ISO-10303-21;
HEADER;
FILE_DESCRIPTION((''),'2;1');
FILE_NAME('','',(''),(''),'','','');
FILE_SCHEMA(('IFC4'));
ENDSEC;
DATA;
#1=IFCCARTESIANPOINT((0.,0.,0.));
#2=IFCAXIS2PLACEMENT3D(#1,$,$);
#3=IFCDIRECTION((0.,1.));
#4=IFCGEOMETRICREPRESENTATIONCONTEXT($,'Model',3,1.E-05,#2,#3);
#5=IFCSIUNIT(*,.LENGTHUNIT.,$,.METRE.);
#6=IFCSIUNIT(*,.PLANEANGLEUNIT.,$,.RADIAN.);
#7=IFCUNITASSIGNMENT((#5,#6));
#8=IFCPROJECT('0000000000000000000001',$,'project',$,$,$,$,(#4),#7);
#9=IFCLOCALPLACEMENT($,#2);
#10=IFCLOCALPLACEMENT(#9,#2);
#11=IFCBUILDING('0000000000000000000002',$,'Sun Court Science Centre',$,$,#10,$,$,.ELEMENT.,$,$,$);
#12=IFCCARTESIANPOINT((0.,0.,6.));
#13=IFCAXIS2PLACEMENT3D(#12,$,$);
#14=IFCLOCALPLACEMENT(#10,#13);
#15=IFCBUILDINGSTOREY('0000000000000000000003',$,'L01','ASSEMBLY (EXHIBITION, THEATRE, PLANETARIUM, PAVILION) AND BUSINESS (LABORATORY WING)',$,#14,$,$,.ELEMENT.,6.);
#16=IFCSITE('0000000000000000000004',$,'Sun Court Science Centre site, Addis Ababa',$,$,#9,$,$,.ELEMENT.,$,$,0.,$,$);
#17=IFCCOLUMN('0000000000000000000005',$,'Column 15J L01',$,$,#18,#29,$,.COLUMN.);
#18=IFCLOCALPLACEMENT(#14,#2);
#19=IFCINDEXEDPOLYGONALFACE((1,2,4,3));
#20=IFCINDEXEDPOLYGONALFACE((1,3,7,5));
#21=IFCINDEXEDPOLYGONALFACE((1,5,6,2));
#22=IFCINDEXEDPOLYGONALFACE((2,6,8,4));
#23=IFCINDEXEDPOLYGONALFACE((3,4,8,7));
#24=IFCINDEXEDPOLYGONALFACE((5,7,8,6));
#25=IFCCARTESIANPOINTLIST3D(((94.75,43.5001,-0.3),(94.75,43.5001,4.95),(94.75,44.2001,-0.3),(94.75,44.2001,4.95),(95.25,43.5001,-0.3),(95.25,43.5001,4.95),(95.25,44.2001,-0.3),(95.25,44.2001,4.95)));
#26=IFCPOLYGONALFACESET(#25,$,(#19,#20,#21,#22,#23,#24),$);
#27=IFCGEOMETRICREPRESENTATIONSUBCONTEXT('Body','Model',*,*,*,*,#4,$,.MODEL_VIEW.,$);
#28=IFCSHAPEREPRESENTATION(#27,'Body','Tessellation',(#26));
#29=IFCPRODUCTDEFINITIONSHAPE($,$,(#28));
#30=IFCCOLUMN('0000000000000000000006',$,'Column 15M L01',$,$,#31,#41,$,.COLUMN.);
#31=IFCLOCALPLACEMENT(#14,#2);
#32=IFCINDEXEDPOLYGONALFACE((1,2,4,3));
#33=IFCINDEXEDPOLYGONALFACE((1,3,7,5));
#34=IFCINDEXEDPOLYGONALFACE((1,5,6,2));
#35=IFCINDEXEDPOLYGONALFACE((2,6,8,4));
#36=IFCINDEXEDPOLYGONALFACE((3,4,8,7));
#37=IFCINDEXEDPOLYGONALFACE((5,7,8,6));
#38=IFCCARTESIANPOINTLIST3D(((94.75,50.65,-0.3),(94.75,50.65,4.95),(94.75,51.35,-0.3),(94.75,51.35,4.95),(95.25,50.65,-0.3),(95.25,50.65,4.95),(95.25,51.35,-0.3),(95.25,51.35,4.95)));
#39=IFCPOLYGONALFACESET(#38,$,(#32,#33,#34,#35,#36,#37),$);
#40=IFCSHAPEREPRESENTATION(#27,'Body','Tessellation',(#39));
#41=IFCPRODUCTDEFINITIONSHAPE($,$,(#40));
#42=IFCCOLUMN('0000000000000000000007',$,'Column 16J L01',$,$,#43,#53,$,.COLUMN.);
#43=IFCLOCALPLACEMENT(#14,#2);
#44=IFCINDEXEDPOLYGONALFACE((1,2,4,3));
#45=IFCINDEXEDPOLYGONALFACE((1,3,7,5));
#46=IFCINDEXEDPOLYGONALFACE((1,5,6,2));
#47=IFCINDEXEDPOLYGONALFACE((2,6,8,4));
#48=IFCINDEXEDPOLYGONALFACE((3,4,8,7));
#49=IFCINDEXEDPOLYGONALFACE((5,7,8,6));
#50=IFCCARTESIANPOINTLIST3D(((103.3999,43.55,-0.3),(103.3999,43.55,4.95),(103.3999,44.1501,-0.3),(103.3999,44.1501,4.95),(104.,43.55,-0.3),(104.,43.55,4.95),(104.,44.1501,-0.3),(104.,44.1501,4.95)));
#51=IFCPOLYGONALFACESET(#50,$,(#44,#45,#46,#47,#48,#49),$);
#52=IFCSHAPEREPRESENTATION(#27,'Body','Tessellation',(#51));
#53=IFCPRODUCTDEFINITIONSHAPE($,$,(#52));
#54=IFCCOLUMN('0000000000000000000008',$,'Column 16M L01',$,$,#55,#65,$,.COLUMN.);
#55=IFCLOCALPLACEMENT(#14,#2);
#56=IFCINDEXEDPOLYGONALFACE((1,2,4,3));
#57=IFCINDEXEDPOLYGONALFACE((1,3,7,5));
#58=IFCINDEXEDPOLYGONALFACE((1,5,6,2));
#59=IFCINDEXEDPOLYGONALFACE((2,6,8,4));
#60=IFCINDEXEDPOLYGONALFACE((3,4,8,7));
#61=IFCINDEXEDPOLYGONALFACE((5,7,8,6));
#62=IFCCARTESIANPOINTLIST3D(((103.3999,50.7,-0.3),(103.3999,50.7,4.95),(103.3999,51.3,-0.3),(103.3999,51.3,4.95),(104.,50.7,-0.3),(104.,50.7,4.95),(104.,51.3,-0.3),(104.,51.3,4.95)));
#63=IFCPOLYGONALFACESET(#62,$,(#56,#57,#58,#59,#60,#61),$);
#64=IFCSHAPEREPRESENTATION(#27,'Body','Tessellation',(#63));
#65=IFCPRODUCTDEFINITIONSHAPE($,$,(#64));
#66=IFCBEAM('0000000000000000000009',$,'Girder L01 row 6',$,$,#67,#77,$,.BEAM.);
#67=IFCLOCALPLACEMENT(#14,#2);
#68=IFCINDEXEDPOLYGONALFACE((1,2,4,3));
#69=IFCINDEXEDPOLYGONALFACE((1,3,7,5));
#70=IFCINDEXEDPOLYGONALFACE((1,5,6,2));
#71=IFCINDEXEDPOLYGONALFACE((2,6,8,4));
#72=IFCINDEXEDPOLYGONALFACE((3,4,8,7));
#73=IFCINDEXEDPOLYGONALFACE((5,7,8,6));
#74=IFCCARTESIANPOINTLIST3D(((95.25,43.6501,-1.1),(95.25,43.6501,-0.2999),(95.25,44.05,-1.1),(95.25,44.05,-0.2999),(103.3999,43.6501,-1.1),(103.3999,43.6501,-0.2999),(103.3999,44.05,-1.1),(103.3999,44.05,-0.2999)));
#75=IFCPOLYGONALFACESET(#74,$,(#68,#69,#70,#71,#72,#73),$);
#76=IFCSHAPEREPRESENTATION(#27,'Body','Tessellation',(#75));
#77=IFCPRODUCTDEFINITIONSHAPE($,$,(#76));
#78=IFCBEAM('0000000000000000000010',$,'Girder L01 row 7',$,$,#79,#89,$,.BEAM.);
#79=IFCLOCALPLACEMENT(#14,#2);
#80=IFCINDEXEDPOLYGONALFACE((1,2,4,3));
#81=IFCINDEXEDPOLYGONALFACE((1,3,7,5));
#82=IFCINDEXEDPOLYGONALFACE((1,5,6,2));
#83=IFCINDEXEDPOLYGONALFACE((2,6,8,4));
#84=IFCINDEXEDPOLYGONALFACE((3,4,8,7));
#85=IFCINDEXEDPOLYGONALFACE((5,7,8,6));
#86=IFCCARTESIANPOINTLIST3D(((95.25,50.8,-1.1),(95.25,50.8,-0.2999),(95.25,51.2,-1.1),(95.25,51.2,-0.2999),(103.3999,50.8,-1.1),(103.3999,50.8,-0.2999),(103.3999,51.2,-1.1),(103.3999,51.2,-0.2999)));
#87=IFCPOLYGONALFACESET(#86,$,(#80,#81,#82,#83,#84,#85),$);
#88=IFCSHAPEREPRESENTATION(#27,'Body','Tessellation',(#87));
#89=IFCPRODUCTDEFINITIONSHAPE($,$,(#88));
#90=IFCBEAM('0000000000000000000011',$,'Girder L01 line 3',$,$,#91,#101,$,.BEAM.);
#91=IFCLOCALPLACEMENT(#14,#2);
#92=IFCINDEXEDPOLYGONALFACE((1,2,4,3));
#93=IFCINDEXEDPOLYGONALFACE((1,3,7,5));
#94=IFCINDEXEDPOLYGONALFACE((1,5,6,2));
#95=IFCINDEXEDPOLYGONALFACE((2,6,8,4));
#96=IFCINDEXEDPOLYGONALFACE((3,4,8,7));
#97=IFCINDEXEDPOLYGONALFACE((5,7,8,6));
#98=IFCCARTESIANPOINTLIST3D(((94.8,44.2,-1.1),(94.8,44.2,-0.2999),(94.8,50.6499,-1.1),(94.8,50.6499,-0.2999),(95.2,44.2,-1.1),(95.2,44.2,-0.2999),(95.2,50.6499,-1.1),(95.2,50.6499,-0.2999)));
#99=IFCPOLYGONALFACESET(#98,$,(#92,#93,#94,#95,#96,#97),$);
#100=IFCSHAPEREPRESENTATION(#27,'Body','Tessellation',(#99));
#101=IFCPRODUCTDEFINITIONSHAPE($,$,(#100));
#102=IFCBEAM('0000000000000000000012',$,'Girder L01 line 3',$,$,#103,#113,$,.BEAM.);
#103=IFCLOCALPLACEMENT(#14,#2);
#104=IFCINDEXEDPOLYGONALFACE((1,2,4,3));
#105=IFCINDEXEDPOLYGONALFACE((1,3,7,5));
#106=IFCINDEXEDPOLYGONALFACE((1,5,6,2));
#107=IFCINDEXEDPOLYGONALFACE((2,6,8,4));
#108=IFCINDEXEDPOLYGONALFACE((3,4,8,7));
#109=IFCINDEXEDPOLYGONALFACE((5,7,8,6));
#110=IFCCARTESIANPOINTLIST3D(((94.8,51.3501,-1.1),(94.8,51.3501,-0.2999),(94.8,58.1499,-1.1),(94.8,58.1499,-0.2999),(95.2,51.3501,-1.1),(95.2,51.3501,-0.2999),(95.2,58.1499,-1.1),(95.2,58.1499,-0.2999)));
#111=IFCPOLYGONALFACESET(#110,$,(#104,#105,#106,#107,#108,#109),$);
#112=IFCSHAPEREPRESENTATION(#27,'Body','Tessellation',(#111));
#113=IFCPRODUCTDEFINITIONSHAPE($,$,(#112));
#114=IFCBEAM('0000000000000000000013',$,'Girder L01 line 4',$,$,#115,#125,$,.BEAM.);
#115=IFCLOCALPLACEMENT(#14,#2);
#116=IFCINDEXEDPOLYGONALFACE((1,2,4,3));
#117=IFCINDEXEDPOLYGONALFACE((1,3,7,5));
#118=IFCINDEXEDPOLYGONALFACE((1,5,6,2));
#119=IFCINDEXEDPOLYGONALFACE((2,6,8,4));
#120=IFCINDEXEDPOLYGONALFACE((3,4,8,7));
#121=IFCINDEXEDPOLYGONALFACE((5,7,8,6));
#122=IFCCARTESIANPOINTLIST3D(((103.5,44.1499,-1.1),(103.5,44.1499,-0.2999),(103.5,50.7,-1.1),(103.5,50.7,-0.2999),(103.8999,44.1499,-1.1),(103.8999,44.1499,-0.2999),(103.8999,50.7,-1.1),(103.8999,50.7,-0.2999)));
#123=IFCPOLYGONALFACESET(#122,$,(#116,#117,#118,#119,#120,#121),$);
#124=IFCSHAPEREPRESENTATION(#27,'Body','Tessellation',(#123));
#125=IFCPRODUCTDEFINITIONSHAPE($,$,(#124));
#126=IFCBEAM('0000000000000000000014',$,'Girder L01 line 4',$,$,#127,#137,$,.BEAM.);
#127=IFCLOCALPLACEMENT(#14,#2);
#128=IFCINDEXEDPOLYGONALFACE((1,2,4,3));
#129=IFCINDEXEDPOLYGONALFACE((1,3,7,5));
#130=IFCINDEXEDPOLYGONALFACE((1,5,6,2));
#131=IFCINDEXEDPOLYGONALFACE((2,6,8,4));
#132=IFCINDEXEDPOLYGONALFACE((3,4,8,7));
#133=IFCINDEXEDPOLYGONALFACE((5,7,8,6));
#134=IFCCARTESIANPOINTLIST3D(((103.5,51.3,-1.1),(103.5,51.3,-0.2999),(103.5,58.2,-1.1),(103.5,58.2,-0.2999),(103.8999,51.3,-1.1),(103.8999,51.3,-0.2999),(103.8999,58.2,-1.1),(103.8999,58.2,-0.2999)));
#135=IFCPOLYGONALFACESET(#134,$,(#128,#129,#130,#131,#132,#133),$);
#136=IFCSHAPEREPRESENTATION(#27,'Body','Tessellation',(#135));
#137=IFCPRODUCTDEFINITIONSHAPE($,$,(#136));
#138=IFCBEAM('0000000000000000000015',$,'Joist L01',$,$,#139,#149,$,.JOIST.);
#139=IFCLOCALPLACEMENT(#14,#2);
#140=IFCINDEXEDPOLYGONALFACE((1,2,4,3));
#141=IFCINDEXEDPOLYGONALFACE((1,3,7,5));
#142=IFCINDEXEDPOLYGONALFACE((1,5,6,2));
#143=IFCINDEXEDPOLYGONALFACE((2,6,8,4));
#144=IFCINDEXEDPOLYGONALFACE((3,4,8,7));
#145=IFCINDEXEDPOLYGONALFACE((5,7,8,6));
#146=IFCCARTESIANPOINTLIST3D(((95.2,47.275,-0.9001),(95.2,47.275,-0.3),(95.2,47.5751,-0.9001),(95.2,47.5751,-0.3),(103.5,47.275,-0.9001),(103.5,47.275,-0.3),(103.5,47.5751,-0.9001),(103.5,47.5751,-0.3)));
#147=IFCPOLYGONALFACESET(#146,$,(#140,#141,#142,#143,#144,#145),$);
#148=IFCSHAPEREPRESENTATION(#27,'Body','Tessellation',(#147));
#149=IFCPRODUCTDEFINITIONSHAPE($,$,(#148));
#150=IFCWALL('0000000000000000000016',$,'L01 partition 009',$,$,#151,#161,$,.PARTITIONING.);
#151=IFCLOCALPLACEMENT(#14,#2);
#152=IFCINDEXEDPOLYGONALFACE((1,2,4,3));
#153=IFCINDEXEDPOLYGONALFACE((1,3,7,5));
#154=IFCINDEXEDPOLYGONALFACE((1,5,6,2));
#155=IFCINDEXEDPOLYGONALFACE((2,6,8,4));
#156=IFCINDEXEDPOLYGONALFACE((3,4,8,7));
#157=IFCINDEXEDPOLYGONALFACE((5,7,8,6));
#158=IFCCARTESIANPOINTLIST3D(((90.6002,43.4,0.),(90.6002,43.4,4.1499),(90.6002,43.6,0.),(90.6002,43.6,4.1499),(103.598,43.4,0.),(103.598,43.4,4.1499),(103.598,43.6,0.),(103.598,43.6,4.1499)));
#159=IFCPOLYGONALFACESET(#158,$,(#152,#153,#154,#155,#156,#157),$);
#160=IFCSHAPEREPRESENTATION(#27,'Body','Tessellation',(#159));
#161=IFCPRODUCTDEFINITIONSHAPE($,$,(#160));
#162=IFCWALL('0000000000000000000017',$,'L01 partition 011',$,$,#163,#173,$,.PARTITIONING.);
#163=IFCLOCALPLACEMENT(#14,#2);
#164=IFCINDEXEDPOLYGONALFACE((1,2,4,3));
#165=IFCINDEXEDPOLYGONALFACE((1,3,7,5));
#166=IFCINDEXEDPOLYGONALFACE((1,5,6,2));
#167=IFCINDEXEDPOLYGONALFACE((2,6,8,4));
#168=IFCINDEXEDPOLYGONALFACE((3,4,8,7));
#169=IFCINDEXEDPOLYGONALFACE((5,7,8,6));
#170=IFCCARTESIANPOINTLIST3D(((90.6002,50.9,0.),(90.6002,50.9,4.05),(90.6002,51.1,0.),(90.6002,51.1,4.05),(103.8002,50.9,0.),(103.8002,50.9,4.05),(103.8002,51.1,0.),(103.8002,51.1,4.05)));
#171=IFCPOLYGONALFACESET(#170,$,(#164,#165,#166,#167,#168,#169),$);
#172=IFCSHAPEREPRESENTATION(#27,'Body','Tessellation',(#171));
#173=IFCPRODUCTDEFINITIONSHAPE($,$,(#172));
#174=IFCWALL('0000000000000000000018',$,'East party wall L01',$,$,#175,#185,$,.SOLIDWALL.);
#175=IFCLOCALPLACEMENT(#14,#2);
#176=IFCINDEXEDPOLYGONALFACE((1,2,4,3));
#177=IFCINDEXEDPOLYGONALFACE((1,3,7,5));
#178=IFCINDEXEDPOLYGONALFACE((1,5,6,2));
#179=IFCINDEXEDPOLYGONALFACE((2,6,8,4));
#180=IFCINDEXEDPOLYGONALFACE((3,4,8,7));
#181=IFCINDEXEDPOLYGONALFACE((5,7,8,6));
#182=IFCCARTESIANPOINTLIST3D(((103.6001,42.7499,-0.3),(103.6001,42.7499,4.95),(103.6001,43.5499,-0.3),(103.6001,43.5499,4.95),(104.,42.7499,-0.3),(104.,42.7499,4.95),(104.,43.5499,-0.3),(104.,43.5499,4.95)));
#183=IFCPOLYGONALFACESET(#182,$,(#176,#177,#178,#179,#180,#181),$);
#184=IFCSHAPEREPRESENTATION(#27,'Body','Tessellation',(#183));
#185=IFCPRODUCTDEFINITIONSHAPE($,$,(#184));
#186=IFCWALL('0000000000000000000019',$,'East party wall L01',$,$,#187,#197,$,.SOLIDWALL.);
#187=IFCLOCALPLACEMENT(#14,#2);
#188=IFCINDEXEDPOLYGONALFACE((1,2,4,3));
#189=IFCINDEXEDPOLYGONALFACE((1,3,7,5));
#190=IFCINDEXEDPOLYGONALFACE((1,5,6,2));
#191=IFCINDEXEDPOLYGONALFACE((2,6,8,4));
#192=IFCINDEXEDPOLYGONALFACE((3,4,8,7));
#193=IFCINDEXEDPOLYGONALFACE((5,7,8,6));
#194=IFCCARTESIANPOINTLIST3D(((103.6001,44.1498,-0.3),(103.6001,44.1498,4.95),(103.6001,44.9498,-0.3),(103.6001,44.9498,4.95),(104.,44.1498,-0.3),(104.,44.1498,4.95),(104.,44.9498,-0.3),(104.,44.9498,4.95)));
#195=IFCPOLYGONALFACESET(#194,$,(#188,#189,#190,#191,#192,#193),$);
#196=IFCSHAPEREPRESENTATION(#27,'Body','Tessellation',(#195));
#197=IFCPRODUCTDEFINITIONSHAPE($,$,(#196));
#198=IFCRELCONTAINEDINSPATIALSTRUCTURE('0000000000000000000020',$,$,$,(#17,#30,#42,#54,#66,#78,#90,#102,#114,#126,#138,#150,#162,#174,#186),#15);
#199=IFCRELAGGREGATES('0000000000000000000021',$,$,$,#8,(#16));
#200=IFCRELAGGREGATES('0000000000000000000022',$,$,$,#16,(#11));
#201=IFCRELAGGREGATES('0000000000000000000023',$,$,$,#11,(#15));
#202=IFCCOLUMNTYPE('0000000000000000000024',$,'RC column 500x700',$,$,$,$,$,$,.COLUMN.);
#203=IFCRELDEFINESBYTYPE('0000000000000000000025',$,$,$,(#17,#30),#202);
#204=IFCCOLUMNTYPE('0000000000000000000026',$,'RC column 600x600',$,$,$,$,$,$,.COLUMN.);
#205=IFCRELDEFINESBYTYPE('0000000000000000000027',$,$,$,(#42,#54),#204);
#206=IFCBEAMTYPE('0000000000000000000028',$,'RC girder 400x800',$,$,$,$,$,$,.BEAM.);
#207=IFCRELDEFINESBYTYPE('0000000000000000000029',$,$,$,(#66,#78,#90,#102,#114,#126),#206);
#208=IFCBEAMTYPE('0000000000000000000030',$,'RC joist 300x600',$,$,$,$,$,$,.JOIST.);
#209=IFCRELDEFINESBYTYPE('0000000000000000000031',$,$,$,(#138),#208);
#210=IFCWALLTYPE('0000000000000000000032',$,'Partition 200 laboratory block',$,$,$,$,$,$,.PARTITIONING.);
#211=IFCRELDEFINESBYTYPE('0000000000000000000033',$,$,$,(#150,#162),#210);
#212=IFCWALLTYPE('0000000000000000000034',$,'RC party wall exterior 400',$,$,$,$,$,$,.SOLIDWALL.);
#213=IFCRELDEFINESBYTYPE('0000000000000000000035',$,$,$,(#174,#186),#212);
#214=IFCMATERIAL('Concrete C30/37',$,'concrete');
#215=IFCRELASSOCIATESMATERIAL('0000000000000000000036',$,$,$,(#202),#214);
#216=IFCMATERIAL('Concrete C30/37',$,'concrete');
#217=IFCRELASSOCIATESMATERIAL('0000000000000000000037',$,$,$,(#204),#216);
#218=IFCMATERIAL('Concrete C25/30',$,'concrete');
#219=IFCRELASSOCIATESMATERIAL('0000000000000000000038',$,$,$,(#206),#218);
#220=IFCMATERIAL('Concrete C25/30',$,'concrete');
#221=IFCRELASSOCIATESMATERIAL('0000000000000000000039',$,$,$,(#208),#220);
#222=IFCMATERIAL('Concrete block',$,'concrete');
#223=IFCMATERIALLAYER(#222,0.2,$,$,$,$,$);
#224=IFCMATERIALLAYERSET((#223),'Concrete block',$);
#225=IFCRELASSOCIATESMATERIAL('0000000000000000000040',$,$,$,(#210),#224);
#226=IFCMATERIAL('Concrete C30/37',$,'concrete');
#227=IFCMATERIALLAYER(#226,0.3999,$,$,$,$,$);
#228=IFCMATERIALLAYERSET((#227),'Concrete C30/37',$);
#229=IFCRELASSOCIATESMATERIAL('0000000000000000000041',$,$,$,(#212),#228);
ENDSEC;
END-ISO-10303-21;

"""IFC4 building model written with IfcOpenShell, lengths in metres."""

from ifc_helpers import new_model, si_unit, direction, frame, frame_2d, origin, origin_2d, place, context, subcontext, project, spatial, rectangle, extrude, material, layer, layer_set, material_profile, profile_set, type_object, element, save


model = new_model("IFC4")

# Units and contexts
model_context = context("Model", 3, precision=1e-05, world=origin(), true_north=direction((0.0, 1.0)))
body_context = subcontext(model_context, "Body", "Model", "MODEL_VIEW")
ifc_project = project(units=[si_unit("LENGTHUNIT", "METRE"), si_unit("PLANEANGLEUNIT", "RADIAN")], contexts=[model_context])

# Site, building, storey
site_placement = place(None, origin())
site = spatial("IfcSite", under=ifc_project, at=site_placement, Name="Sun Court Science Centre site, Addis Ababa", CompositionType="ELEMENT", RefElevation=0.0)
building_placement = place(site_placement, origin())
building = spatial("IfcBuilding", under=site, at=building_placement, Name="Sun Court Science Centre", CompositionType="ELEMENT")
storey_placement = place(building_placement, frame((0.0, 0.0, 6.0)))
storey = spatial("IfcBuildingStorey", under=building, at=storey_placement, Name="L01", Description="ASSEMBLY (EXHIBITION, THEATRE, PLANETARIUM, PAVILION) AND BUSINESS (LABORATORY WING)", CompositionType="ELEMENT", Elevation=6.0)

# Columns
ifc_material_1 = material(Name="Concrete C30/37", Category="concrete")
ifc_material_profile_1 = material_profile(ifc_material_1, rectangle(XDim=0.5, YDim=0.7, at=origin_2d()), Name="RC 500x700")
ifc_profile_set_1 = profile_set([ifc_material_profile_1], Name="Concrete C30/37")
column_type_1 = type_object("IfcColumnType", Name="RC column 500x700", PredefinedType="COLUMN", material=ifc_profile_set_1)
for number, where, z_axis, x_axis, name in (
    (1, (95.0, 43.8501, -0.3), (0.0, 0.0, 1.0), (1.0, 0.0, 0.0), "Column 15J L01"),
    (2, (95.0, 51.0, -0.3), (0.0, 0.0, 1.0), (1.0, 0.0, 0.0), "Column 15M L01"),
):
    element("IfcColumn", number, at=place(storey_placement, frame(where, z_axis=z_axis, x_axis=x_axis)), inside=storey, type_object=column_type_1, Name=name, PredefinedType="COLUMN", context=body_context, shape_type="SweptSolid", body=[
        extrude(rectangle(XDim=0.5, YDim=0.7, at=origin_2d()), origin(), (0.0, 0.0, 1.0), 5.25),
    ])
ifc_material_2 = material(Name="Concrete C30/37", Category="concrete")
ifc_material_profile_2 = material_profile(ifc_material_2, rectangle(XDim=0.6001, YDim=0.6001, at=origin_2d()), Name="RC 600x600")
ifc_profile_set_2 = profile_set([ifc_material_profile_2], Name="Concrete C30/37")
column_type_2 = type_object("IfcColumnType", Name="RC column 600x600", PredefinedType="COLUMN", material=ifc_profile_set_2)
for number, where, z_axis, x_axis, name in (
    (3, (103.7, 43.8501, -0.3), (0.0, 0.0, 1.0), (1.0, 0.0, 0.0), "Column 16J L01"),
    (4, (103.7, 51.0, -0.3), (0.0, 0.0, 1.0), (1.0, 0.0, 0.0), "Column 16M L01"),
):
    element("IfcColumn", number, at=place(storey_placement, frame(where, z_axis=z_axis, x_axis=x_axis)), inside=storey, type_object=column_type_2, Name=name, PredefinedType="COLUMN", context=body_context, shape_type="SweptSolid", body=[
        extrude(rectangle(XDim=0.6001, YDim=0.6001, at=origin_2d()), origin(), (0.0, 0.0, 1.0), 5.25),
    ])

# Beams
ifc_material_3 = material(Name="Concrete C25/30", Category="concrete")
ifc_material_profile_3 = material_profile(ifc_material_3, rectangle(XDim=0.3999, YDim=0.8, at=origin_2d()), Name="RC 400x800")
ifc_profile_set_3 = profile_set([ifc_material_profile_3], Name="Concrete C25/30")
beam_type_1 = type_object("IfcBeamType", Name="RC girder 400x800", PredefinedType="BEAM", material=ifc_profile_set_3)
for number, where, z_axis, x_axis, name in (
    (5, (95.25, 43.8501, -0.7), (1.0, 0.0, 0.0), (0.0, 1.0, 0.0), "Girder L01 row 6"),
    (6, (95.25, 51.0, -0.7), (1.0, 0.0, 0.0), (0.0, 1.0, 0.0), "Girder L01 row 7"),
):
    element("IfcBeam", number, at=place(storey_placement, frame(where, z_axis=z_axis, x_axis=x_axis)), inside=storey, type_object=beam_type_1, Name=name, PredefinedType="BEAM", context=body_context, shape_type="SweptSolid", body=[
        extrude(rectangle(XDim=0.3999, YDim=0.8, at=origin_2d()), origin(), (0.0, 0.0, 1.0), 8.1499),
    ])
beam_1_placement = place(storey_placement, frame((95.0, 44.2, -0.7), z_axis=(0.0, 1.0, 0.0), x_axis=(-1.0, 0.0, 0.0)))
element("IfcBeam", 7, at=beam_1_placement, inside=storey, type_object=beam_type_1, Name="Girder L01 line 3", PredefinedType="BEAM", context=body_context, shape_type="SweptSolid", body=[
    extrude(rectangle(XDim=0.3999, YDim=0.8, at=origin_2d()), origin(), (0.0, 0.0, 1.0), 6.45),
])
beam_2_placement = place(storey_placement, frame((95.0, 51.3501, -0.7), z_axis=(0.0, 1.0, 0.0), x_axis=(-1.0, 0.0, 0.0)))
element("IfcBeam", 8, at=beam_2_placement, inside=storey, type_object=beam_type_1, Name="Girder L01 line 3", PredefinedType="BEAM", context=body_context, shape_type="SweptSolid", body=[
    extrude(rectangle(XDim=0.3999, YDim=0.8, at=origin_2d()), origin(), (0.0, 0.0, 1.0), 6.7998),
])
beam_3_placement = place(storey_placement, frame((103.7, 44.1499, -0.7), z_axis=(0.0, 1.0, 0.0), x_axis=(-1.0, 0.0, 0.0)))
element("IfcBeam", 9, at=beam_3_placement, inside=storey, type_object=beam_type_1, Name="Girder L01 line 4", PredefinedType="BEAM", context=body_context, shape_type="SweptSolid", body=[
    extrude(rectangle(XDim=0.3999, YDim=0.8, at=origin_2d()), origin(), (0.0, 0.0, 1.0), 6.55),
])
beam_4_placement = place(storey_placement, frame((103.7, 51.3, -0.7), z_axis=(0.0, 1.0, 0.0), x_axis=(-1.0, 0.0, 0.0)))
element("IfcBeam", 10, at=beam_4_placement, inside=storey, type_object=beam_type_1, Name="Girder L01 line 4", PredefinedType="BEAM", context=body_context, shape_type="SweptSolid", body=[
    extrude(rectangle(XDim=0.3999, YDim=0.8, at=origin_2d()), origin(), (0.0, 0.0, 1.0), 6.8999),
])
ifc_material_4 = material(Name="Concrete C25/30", Category="concrete")
ifc_material_profile_4 = material_profile(ifc_material_4, rectangle(XDim=0.3, YDim=0.6001, at=origin_2d()), Name="RC 300x600")
ifc_profile_set_4 = profile_set([ifc_material_profile_4], Name="Concrete C25/30")
beam_type_2 = type_object("IfcBeamType", Name="RC joist 300x600", PredefinedType="JOIST", material=ifc_profile_set_4)
beam_5_placement = place(storey_placement, frame((95.2, 47.425, -0.6001), z_axis=(1.0, 0.0, 0.0), x_axis=(0.0, 1.0, 0.0)))
element("IfcBeam", 11, at=beam_5_placement, inside=storey, type_object=beam_type_2, Name="Joist L01", PredefinedType="JOIST", context=body_context, shape_type="SweptSolid", body=[
    extrude(rectangle(XDim=0.3, YDim=0.6001, at=origin_2d()), origin(), (0.0, 0.0, 1.0), 8.3),
])

# Walls
ifc_material_5 = material(Name="Concrete block", Category="concrete")
ifc_layer_1 = layer(ifc_material_5, 0.2)
ifc_layer_set_1 = layer_set([ifc_layer_1], Name="Concrete block")
wall_type_1 = type_object("IfcWallType", Name="Partition 200 laboratory block", PredefinedType="PARTITIONING", material=ifc_layer_set_1)
wall_1_placement = place(storey_placement, frame((90.6001, 43.5, 0.0), z_axis=(0.0, 0.0, 1.0), x_axis=(1.0, 0.0, 0.0)))
element("IfcWall", 12, at=wall_1_placement, inside=storey, type_object=wall_type_1, Name="L01 partition 009", PredefinedType="PARTITIONING", context=body_context, shape_type="SweptSolid", body=[
    extrude(rectangle(XDim=12.9978, YDim=0.2, at=frame_2d((6.499, 0.0))), origin(), (0.0, 0.0, 1.0), 4.1499),
])
wall_2_placement = place(storey_placement, frame((90.6001, 51.0, 0.0), z_axis=(0.0, 0.0, 1.0), x_axis=(1.0, 0.0, 0.0)))
element("IfcWall", 13, at=wall_2_placement, inside=storey, type_object=wall_type_1, Name="L01 partition 011", PredefinedType="PARTITIONING", context=body_context, shape_type="SweptSolid", body=[
    extrude(rectangle(XDim=13.2, YDim=0.2, at=frame_2d((6.6001, 0.0))), origin(), (0.0, 0.0, 1.0), 4.05),
])
ifc_material_6 = material(Name="Concrete C30/37", Category="concrete")
ifc_layer_2 = layer(ifc_material_6, 0.3999)
ifc_layer_set_2 = layer_set([ifc_layer_2], Name="Concrete C30/37")
wall_type_2 = type_object("IfcWallType", Name="RC party wall exterior 400", PredefinedType="SOLIDWALL", material=ifc_layer_set_2)
for number, where, z_axis, x_axis, name in (
    (14, (103.8, 42.75, -0.3), (0.0, 0.0, 1.0), (0.0, 1.0, 0.0), "East party wall L01"),
    (15, (103.8, 44.1499, -0.3), (0.0, 0.0, 1.0), (0.0, 1.0, 0.0), "East party wall L01"),
):
    element("IfcWall", number, at=place(storey_placement, frame(where, z_axis=z_axis, x_axis=x_axis)), inside=storey, type_object=wall_type_2, Name=name, PredefinedType="SOLIDWALL", context=body_context, shape_type="SweptSolid", body=[
        extrude(rectangle(XDim=0.8, YDim=0.3999, at=frame_2d((0.3999, 0.0))), origin(), (0.0, 0.0, 1.0), 5.25),
    ])

save(model, "model.ifc")
